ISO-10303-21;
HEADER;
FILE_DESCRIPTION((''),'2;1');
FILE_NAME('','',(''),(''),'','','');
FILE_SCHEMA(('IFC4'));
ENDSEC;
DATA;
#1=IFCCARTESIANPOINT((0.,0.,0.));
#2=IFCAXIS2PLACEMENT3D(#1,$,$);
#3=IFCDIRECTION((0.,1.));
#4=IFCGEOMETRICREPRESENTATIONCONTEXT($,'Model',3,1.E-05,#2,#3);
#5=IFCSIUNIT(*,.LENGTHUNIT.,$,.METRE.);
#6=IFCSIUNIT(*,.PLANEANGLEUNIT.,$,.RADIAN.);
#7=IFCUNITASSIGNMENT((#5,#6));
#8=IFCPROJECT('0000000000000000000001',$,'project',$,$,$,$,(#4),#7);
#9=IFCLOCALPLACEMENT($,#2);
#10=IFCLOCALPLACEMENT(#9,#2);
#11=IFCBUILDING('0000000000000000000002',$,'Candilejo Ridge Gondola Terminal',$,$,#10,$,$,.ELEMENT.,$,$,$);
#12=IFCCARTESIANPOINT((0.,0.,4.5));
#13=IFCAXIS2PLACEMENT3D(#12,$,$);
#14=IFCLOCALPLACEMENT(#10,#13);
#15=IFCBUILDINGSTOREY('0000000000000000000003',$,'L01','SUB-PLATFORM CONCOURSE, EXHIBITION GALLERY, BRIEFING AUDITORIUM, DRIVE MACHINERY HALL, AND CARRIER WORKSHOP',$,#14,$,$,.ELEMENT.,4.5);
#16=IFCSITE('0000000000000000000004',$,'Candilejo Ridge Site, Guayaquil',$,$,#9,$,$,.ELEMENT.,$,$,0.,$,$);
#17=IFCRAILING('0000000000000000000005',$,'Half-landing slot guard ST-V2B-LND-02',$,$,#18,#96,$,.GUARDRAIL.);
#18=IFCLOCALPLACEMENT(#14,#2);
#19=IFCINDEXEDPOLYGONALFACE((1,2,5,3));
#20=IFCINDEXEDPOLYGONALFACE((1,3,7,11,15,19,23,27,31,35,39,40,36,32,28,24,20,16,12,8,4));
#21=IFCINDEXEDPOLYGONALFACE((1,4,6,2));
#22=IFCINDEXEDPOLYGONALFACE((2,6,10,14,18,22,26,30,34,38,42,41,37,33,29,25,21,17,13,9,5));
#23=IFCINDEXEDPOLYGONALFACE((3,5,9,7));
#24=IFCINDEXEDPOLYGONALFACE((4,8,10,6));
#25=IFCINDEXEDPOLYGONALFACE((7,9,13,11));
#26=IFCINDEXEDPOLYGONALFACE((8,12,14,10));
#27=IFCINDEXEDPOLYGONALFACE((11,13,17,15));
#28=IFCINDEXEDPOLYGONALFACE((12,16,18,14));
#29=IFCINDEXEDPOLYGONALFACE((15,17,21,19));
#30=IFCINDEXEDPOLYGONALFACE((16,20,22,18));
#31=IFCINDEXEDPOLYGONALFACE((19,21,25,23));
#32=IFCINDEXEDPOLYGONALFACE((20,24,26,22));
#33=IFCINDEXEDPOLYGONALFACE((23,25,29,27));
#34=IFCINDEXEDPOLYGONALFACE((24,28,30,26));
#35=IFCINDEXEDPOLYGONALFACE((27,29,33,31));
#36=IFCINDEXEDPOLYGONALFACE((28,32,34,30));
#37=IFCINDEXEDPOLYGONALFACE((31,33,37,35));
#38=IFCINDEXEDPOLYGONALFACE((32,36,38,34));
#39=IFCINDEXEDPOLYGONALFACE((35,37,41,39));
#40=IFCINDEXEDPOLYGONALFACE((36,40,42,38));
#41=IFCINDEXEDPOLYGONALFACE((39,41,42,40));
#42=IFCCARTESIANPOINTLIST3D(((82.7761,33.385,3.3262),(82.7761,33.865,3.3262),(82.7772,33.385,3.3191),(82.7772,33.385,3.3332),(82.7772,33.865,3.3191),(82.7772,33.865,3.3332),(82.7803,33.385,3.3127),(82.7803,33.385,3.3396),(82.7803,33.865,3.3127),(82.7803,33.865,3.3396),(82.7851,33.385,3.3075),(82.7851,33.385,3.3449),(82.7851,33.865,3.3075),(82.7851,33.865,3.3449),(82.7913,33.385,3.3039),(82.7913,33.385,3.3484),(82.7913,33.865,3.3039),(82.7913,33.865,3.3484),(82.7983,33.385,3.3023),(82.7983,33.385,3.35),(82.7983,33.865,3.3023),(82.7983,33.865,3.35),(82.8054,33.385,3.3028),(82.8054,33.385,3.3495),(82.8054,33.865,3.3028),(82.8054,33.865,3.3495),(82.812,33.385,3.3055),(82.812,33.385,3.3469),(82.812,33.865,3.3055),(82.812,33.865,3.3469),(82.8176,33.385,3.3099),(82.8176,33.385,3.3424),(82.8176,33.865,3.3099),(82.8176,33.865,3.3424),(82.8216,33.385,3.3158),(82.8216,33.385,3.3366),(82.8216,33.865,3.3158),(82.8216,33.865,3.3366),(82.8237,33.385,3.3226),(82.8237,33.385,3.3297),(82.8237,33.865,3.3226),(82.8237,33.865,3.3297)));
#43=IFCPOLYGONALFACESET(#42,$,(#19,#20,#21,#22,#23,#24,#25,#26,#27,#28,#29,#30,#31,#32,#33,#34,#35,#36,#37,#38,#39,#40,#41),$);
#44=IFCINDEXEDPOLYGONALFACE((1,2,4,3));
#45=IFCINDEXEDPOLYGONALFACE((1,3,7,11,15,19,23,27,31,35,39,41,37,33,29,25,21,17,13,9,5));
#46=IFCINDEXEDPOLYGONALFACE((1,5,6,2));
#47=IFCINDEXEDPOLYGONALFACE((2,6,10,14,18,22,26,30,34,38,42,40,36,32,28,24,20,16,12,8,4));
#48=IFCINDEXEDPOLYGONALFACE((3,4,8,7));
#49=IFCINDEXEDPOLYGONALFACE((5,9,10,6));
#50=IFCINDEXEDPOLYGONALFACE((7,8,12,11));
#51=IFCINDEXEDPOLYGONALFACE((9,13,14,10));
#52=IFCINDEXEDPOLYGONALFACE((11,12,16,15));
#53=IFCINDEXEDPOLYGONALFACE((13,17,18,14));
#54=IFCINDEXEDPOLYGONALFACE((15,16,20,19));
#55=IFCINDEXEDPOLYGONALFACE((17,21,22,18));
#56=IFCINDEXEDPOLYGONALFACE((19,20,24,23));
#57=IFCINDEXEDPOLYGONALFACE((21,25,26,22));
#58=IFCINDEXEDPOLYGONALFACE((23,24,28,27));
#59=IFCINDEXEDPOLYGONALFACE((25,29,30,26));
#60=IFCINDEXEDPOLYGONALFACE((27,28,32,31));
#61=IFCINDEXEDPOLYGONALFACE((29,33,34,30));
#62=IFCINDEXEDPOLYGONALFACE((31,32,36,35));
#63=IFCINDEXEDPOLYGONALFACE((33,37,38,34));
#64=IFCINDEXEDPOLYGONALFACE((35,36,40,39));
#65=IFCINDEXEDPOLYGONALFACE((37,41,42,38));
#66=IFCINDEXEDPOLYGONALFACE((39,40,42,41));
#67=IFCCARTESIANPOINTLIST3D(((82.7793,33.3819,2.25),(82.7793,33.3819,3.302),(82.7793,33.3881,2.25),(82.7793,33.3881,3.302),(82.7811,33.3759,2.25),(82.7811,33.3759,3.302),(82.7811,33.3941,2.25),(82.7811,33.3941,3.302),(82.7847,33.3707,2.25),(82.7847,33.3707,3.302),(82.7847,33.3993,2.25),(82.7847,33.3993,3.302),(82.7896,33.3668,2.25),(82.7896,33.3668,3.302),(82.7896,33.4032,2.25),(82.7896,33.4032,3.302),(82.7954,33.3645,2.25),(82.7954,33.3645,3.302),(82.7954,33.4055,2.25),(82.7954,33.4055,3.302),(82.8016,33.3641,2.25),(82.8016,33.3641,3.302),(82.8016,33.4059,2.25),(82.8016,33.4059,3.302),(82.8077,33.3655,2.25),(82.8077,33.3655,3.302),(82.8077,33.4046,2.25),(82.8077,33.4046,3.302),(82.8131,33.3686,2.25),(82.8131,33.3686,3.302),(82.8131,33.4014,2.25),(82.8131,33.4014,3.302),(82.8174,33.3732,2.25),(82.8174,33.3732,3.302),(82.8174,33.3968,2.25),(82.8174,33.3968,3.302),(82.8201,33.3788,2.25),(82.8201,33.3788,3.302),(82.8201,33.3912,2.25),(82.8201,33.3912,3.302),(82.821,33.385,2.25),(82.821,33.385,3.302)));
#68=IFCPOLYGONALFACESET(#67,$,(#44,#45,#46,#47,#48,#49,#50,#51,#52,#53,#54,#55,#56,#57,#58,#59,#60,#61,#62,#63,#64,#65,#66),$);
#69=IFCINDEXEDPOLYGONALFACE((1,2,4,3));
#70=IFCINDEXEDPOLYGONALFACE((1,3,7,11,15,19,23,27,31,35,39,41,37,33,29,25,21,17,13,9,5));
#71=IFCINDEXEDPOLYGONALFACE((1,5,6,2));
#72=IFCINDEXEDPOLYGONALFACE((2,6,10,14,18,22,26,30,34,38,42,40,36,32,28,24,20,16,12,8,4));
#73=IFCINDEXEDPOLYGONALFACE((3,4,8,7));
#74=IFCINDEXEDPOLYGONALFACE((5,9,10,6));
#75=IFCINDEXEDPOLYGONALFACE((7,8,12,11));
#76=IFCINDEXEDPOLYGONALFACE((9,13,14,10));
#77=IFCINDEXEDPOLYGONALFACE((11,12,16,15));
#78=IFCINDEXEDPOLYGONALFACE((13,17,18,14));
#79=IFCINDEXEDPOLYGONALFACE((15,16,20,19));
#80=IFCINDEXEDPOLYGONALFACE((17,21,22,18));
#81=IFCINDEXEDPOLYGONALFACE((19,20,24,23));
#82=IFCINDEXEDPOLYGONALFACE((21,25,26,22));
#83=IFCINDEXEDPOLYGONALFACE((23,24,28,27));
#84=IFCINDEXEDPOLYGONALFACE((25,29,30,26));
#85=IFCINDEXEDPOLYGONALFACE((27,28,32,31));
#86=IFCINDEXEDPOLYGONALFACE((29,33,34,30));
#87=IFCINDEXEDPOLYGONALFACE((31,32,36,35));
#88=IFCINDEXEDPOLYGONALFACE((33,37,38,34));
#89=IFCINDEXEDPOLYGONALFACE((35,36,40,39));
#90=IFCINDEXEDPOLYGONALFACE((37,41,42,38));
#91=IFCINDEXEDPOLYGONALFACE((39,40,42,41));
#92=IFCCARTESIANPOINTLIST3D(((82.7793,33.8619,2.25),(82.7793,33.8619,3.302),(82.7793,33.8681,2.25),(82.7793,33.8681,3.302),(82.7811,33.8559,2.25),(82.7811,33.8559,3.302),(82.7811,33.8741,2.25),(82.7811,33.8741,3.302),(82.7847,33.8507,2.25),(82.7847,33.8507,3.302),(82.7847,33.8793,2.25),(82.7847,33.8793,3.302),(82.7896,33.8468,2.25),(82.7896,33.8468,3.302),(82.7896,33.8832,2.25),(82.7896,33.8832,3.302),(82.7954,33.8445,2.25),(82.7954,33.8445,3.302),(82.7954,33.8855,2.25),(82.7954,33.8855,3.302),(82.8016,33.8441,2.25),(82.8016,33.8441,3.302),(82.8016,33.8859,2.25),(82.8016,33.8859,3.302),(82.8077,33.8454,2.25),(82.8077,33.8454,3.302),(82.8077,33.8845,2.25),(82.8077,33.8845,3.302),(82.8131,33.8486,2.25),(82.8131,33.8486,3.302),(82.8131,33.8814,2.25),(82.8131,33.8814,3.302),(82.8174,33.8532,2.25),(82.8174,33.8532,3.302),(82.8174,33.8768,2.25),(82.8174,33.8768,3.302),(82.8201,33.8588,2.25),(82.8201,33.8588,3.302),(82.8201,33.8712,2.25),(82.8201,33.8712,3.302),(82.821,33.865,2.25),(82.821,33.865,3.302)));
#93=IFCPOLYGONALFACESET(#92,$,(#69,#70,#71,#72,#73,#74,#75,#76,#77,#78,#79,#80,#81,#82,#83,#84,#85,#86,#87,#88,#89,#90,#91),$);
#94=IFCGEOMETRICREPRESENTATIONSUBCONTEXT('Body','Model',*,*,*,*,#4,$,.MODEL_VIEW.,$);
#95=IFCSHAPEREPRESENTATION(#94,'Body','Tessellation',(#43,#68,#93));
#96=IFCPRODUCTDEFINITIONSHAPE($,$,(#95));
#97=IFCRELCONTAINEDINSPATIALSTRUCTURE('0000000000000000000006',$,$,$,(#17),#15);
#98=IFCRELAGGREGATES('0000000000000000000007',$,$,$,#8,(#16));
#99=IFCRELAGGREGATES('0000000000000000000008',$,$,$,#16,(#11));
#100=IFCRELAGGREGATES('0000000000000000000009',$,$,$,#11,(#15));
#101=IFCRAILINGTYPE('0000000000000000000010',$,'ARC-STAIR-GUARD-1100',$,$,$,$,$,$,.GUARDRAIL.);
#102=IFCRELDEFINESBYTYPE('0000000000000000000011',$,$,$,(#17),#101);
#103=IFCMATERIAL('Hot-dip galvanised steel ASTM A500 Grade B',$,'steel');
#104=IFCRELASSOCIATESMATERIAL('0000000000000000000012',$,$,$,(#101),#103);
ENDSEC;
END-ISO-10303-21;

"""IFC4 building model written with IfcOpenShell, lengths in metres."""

from ifc_helpers import new_model, si_unit, direction, frame, origin, origin_2d, place, context, subcontext, project, spatial, circle, extrude, material, type_object, element, save


model = new_model("IFC4")

# Units and contexts
model_context = context("Model", 3, precision=1e-05, world=origin(), true_north=direction((0.0, 1.0)))
body_context = subcontext(model_context, "Body", "Model", "MODEL_VIEW")
ifc_project = project(units=[si_unit("LENGTHUNIT", "METRE"), si_unit("PLANEANGLEUNIT", "RADIAN")], contexts=[model_context])

# Site, building, storey
site_placement = place(None, origin())
site = spatial("IfcSite", under=ifc_project, at=site_placement, Name="Candilejo Ridge Site, Guayaquil", CompositionType="ELEMENT", RefElevation=0.0)
building_placement = place(site_placement, origin())
building = spatial("IfcBuilding", under=site, at=building_placement, Name="Candilejo Ridge Gondola Terminal", CompositionType="ELEMENT")
storey_placement = place(building_placement, frame((0.0, 0.0, 4.5)))
storey = spatial("IfcBuildingStorey", under=building, at=storey_placement, Name="L01", Description="SUB-PLATFORM CONCOURSE, EXHIBITION GALLERY, BRIEFING AUDITORIUM, DRIVE MACHINERY HALL, AND CARRIER WORKSHOP", CompositionType="ELEMENT", Elevation=4.5)

# Railing
ifc_material_1 = material(Name="Hot-dip galvanised steel ASTM A500 Grade B", Category="steel")
railing_type = type_object("IfcRailingType", Name="ARC-STAIR-GUARD-1100", PredefinedType="GUARDRAIL", material=ifc_material_1)
railing_1_placement = place(storey_placement, frame((82.8, 33.385, 2.25)))
element("IfcRailing", 1, at=railing_1_placement, inside=storey, type_object=railing_type, Name="Half-landing slot guard ST-V2B-LND-02", PredefinedType="GUARDRAIL", context=body_context, shape_type="SweptSolid", body=[
    extrude(circle(Radius=0.0239, at=origin_2d()), frame((0.0, 0.0, 1.0762), z_axis=(0.0, 1.0, 0.0), x_axis=(-1.0, 0.0, 0.0)), (0.0, 0.0, 1.0), 0.48),
    extrude(circle(Radius=0.021, at=origin_2d()), origin(), (0.0, 0.0, 1.0), 1.052),
    extrude(circle(Radius=0.021, at=origin_2d()), frame((0.0, 0.48, 0.0)), (0.0, 0.0, 1.0), 1.052),
])

save(model, "model.ifc")
